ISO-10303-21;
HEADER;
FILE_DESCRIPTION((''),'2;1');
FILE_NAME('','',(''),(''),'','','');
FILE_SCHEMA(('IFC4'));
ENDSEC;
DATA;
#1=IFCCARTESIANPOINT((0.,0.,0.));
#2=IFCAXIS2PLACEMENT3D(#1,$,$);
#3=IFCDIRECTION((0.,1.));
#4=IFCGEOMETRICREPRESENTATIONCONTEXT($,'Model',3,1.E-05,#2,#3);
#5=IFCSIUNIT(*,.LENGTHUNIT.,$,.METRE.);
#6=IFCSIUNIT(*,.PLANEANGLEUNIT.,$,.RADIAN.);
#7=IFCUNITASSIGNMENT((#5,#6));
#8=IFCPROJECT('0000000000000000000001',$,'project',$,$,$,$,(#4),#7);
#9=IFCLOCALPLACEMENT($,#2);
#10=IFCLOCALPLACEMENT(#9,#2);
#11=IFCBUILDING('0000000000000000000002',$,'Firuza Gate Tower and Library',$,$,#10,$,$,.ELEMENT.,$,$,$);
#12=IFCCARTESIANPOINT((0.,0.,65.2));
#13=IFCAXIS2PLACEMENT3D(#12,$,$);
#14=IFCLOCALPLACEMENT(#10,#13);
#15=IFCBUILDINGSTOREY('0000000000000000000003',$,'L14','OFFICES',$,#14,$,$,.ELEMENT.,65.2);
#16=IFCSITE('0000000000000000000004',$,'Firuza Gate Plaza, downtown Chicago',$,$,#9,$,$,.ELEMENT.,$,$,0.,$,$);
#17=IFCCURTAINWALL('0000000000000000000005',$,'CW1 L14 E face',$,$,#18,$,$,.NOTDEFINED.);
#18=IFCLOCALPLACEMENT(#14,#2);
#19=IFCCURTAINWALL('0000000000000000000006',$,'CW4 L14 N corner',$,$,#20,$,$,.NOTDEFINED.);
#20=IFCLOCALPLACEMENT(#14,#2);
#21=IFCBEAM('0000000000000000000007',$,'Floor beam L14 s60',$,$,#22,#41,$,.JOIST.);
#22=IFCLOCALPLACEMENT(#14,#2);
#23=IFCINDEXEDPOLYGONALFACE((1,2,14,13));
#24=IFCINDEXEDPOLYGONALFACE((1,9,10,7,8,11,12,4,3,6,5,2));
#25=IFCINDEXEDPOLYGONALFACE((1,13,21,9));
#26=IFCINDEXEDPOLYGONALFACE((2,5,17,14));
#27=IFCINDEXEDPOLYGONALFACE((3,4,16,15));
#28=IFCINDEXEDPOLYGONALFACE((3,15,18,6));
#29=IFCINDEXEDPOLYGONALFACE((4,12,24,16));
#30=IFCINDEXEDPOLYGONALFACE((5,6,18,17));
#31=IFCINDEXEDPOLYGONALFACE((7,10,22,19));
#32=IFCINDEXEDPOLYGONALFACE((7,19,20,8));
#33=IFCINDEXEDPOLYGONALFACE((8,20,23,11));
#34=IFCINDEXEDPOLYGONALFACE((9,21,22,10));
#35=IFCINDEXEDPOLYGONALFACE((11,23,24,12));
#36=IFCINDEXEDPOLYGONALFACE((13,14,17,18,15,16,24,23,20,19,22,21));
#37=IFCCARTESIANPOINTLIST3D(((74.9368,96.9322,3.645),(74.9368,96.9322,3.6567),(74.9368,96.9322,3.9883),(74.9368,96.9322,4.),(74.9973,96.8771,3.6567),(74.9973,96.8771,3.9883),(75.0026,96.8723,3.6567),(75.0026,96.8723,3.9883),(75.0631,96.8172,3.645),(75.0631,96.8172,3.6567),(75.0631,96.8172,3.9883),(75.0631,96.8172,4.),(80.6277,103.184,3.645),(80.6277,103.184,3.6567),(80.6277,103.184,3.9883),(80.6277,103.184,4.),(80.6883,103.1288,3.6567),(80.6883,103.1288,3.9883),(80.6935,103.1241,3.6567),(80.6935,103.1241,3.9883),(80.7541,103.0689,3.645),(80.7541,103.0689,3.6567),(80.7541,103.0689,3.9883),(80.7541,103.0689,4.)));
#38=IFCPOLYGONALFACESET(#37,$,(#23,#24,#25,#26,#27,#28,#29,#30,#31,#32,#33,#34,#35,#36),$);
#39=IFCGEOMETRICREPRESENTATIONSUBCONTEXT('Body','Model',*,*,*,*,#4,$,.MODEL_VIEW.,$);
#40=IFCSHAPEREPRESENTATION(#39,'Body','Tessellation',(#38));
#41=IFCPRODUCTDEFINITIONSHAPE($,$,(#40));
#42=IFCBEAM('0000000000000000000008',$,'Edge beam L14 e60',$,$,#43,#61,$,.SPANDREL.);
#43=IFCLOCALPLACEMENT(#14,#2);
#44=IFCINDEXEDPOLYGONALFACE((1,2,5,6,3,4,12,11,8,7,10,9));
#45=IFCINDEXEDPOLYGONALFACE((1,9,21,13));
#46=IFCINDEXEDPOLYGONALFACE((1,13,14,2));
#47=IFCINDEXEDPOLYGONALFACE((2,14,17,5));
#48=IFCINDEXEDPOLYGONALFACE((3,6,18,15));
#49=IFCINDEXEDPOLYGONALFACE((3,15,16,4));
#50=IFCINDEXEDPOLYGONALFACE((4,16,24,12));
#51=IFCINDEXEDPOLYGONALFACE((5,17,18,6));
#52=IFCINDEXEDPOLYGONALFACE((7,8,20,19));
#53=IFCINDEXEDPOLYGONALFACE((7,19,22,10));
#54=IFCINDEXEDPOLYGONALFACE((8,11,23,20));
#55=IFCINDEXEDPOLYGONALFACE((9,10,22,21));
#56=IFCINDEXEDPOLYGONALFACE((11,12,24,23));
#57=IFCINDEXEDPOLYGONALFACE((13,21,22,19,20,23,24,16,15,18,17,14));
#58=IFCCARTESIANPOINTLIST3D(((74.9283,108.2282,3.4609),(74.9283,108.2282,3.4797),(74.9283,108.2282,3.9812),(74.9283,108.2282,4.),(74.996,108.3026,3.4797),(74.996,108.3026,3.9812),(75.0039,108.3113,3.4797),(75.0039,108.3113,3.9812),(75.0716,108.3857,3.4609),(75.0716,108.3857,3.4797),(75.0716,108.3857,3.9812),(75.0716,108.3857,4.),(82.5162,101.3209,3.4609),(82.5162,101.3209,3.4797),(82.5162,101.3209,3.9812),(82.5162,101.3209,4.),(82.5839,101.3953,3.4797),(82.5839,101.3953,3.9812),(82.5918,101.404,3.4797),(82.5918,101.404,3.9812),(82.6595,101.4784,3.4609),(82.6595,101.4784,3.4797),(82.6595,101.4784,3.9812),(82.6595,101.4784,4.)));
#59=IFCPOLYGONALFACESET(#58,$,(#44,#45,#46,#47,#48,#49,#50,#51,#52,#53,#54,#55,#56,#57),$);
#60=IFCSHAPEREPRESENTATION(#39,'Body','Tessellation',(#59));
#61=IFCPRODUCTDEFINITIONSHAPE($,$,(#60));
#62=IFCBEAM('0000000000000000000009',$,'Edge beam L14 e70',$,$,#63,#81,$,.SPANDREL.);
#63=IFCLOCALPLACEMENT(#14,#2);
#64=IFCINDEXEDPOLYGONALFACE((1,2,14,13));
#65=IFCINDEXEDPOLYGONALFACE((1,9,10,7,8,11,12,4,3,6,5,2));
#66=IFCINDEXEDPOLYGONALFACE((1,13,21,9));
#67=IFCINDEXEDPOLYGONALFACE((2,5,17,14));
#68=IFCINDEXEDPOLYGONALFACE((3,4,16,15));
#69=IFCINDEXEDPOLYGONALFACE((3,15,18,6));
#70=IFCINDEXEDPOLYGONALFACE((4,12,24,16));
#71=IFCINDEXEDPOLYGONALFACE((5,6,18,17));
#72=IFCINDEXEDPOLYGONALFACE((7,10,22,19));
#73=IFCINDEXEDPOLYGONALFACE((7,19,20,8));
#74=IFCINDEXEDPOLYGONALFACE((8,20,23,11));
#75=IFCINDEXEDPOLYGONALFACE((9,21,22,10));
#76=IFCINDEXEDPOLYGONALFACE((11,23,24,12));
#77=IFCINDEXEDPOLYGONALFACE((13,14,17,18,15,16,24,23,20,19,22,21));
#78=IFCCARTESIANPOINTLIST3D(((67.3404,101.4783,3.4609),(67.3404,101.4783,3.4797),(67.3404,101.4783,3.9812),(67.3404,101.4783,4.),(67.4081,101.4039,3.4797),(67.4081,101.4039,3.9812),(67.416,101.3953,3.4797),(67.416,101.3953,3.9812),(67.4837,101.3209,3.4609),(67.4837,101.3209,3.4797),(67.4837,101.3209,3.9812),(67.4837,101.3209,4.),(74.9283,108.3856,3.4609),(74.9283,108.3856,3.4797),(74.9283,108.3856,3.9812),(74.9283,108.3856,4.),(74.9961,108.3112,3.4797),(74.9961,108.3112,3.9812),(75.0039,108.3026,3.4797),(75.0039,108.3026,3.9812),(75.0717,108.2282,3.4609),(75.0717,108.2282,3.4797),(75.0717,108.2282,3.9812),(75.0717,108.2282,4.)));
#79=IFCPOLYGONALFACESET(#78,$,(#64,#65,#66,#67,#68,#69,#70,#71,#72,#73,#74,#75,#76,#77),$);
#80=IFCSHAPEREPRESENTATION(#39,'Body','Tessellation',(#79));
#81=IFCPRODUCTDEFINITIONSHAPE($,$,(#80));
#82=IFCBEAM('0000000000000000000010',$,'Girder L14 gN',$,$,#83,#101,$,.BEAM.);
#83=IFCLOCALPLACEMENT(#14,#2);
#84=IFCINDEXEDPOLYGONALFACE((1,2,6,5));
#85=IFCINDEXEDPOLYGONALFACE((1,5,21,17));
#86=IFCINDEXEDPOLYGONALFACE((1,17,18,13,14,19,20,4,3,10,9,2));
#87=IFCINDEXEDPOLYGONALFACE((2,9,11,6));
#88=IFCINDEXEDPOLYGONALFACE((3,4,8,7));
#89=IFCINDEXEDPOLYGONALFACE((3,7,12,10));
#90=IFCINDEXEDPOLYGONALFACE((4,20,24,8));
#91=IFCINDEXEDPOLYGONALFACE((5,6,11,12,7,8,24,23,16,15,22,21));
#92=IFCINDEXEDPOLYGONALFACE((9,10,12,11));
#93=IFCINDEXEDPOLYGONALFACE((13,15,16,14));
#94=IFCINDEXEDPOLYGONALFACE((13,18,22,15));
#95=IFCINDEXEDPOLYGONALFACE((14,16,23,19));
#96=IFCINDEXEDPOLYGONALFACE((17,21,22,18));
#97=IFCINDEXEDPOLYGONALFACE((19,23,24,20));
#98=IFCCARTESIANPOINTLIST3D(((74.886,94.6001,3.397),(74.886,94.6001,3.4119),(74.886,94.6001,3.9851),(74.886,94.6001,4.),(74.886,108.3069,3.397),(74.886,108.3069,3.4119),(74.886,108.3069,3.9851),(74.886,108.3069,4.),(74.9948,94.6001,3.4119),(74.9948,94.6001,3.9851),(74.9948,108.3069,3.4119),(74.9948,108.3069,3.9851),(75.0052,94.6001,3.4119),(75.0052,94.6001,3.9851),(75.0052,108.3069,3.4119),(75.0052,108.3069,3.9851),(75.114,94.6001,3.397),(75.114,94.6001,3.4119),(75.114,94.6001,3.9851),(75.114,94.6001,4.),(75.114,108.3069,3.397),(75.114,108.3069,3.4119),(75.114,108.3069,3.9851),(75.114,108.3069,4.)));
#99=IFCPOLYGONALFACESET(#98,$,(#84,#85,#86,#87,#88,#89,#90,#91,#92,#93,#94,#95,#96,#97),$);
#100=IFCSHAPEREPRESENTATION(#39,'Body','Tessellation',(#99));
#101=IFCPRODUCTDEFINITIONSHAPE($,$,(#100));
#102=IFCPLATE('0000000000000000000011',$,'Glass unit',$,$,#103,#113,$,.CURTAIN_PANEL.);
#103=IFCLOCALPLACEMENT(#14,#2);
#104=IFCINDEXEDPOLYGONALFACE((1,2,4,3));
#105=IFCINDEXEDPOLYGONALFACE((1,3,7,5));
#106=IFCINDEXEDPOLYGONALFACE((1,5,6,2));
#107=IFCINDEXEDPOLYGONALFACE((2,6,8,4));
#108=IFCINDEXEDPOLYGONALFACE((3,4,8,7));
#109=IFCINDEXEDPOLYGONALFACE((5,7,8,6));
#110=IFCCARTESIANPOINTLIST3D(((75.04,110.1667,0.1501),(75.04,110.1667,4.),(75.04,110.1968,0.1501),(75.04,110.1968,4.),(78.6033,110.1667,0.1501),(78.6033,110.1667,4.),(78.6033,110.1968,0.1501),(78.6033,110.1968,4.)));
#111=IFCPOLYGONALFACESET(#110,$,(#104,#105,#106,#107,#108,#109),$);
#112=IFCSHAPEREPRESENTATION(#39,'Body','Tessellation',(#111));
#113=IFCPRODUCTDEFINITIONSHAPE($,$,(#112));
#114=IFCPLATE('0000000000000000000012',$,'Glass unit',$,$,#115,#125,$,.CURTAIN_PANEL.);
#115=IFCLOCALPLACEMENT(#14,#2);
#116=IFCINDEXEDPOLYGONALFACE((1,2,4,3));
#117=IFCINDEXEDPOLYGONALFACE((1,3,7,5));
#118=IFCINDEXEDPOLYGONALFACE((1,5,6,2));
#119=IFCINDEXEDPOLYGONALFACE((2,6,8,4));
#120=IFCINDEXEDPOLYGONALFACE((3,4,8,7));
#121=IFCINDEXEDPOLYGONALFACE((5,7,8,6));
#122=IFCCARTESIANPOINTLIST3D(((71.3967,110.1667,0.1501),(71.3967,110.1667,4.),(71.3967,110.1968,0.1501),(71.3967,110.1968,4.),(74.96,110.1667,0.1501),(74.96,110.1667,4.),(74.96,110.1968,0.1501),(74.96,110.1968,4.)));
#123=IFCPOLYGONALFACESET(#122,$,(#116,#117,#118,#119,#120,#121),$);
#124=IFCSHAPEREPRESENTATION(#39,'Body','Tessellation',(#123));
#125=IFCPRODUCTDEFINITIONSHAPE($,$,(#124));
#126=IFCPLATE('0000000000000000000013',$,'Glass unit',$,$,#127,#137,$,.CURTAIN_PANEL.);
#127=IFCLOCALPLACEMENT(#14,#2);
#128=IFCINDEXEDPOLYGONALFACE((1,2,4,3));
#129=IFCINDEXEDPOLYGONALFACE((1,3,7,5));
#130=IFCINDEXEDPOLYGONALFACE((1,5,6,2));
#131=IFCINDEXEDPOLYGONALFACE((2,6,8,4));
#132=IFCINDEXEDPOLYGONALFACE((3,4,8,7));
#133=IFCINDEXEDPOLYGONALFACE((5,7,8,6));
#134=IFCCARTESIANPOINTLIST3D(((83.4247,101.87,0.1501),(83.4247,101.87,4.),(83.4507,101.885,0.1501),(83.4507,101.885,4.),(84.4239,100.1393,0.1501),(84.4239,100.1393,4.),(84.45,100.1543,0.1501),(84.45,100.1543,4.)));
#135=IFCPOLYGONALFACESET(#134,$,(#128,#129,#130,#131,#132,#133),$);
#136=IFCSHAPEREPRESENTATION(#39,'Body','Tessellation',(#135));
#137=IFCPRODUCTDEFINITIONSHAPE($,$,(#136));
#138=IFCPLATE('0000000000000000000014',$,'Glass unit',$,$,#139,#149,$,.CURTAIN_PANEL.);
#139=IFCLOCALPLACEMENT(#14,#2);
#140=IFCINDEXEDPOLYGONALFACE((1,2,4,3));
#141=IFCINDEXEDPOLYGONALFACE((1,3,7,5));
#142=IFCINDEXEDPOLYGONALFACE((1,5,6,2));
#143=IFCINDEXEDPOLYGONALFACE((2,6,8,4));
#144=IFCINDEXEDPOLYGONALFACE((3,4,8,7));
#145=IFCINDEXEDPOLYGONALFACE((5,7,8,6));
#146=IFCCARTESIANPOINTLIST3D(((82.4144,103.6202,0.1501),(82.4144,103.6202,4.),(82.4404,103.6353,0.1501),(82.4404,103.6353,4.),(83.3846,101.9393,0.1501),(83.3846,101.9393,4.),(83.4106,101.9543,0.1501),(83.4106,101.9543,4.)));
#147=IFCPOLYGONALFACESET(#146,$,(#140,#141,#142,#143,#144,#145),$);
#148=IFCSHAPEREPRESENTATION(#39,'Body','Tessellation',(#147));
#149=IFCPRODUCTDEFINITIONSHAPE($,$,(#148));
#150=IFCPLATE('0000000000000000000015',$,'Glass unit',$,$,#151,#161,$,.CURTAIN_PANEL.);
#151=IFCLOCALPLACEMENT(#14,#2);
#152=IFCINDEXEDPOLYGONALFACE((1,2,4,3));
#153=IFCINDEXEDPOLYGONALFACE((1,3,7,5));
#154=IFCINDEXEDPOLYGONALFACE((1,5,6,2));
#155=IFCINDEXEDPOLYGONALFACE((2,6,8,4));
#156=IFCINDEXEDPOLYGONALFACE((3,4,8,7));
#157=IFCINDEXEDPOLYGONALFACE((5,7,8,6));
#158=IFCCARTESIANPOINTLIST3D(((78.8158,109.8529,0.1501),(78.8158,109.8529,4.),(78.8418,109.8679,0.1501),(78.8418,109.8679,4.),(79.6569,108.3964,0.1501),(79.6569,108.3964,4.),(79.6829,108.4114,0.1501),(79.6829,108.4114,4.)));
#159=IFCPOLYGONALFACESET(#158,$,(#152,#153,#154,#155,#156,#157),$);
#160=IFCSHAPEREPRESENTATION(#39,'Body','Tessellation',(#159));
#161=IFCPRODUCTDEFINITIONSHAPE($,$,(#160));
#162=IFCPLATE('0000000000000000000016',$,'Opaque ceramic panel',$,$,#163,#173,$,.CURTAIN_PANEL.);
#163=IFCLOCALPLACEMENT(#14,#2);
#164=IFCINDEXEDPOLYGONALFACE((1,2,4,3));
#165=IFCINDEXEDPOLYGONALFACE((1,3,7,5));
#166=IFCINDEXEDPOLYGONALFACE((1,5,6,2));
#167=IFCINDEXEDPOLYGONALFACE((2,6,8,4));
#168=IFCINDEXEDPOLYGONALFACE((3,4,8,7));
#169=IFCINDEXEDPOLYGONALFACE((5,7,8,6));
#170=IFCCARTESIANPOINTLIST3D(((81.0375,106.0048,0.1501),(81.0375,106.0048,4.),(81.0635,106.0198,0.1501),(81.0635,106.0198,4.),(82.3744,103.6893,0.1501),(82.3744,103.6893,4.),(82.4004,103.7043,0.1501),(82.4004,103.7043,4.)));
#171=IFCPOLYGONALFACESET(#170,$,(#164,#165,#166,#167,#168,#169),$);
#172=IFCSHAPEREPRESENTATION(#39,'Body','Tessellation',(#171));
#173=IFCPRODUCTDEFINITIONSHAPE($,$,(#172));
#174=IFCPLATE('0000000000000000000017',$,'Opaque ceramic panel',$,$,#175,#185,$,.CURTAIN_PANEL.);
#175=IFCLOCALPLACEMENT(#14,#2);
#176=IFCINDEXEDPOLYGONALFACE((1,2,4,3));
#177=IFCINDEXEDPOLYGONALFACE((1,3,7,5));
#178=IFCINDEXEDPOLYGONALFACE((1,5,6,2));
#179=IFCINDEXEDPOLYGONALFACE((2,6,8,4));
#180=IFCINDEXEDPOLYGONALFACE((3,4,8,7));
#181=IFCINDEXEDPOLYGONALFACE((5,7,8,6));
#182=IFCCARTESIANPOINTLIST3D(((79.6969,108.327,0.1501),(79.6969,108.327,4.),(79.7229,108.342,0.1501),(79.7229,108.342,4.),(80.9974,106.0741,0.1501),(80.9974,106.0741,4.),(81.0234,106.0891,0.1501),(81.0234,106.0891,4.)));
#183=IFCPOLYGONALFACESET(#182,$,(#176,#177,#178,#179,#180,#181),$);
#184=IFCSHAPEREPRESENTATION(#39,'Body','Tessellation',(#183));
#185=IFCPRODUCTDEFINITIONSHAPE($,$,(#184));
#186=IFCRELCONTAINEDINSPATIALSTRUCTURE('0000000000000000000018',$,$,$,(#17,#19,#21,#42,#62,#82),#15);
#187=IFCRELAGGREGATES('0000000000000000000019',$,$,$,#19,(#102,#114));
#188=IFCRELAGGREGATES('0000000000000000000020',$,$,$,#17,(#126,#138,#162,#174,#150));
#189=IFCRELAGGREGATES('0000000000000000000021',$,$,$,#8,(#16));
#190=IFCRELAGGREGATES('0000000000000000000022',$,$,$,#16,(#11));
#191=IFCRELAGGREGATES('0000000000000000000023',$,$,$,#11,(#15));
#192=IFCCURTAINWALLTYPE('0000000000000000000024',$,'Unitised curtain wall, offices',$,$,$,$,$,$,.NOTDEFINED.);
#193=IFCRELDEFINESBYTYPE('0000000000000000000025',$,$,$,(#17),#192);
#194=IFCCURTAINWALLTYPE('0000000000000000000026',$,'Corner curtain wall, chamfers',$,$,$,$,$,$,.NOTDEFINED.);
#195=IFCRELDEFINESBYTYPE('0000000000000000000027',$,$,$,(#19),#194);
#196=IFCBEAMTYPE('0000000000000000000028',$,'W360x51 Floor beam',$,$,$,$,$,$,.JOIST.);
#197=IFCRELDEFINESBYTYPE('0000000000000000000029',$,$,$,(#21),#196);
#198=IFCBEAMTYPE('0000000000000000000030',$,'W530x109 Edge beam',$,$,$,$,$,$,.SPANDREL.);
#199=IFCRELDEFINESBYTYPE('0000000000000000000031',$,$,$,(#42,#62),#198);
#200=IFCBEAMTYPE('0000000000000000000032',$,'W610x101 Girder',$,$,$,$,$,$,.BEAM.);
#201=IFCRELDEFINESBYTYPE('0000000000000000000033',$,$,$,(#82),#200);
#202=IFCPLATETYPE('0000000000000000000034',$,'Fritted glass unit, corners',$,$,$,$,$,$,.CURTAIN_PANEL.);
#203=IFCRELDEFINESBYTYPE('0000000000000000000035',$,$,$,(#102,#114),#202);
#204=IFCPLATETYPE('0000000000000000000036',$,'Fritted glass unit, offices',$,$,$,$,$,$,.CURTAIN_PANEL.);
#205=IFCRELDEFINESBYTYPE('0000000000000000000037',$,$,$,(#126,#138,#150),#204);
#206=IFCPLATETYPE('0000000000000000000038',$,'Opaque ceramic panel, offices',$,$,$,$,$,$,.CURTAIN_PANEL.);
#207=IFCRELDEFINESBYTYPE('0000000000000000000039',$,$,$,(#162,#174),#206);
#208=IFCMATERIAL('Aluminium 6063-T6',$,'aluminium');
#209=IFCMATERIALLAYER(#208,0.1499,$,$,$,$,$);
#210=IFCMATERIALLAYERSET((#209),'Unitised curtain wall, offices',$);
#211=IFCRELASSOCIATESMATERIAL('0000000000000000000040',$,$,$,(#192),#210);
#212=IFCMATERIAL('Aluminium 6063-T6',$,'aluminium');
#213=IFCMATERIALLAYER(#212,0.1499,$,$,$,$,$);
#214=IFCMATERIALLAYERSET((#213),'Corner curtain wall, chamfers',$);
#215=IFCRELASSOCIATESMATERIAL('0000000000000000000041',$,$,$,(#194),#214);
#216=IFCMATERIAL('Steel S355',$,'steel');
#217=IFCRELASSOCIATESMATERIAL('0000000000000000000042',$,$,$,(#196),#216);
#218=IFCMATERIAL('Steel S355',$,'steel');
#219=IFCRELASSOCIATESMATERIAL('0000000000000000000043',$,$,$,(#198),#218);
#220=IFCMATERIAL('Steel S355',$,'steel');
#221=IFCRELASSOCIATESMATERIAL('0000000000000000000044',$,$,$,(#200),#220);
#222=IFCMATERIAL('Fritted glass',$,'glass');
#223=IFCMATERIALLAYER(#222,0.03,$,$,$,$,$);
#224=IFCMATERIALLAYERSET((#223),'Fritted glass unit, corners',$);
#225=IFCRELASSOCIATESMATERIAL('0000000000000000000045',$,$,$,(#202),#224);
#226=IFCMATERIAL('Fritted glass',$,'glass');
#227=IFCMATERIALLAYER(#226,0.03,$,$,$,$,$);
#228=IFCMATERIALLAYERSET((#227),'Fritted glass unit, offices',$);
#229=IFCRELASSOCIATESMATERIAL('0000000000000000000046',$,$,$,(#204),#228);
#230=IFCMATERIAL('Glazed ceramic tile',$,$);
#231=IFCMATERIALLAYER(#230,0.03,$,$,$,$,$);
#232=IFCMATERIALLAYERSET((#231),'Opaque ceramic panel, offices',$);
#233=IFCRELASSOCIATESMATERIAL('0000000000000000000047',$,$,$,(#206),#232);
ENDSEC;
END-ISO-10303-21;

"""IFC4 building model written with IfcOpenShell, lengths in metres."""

from ifc_helpers import new_model, si_unit, direction, frame, origin, origin_2d, place, context, subcontext, project, spatial, polyline, i_section, outline, extrude, material, layer, layer_set, material_profile, profile_set, type_object, element, aggregate, save


model = new_model("IFC4")

# Units and contexts
model_context = context("Model", 3, precision=1e-05, world=origin(), true_north=direction((0.0, 1.0)))
body_context = subcontext(model_context, "Body", "Model", "MODEL_VIEW")
ifc_project = project(units=[si_unit("LENGTHUNIT", "METRE"), si_unit("PLANEANGLEUNIT", "RADIAN")], contexts=[model_context])

# Site, building, storey
site_placement = place(None, origin())
site = spatial("IfcSite", under=ifc_project, at=site_placement, Name="Firuza Gate Plaza, downtown Chicago", CompositionType="ELEMENT", RefElevation=0.0)
building_placement = place(site_placement, origin())
building = spatial("IfcBuilding", under=site, at=building_placement, Name="Firuza Gate Tower and Library", CompositionType="ELEMENT")
storey_placement = place(building_placement, frame((0.0, 0.0, 65.2)))
storey = spatial("IfcBuildingStorey", under=building, at=storey_placement, Name="L14", Description="OFFICES", CompositionType="ELEMENT", Elevation=65.2)

# Curtain walls
ifc_material_1 = material(Name="Aluminium 6063-T6", Category="aluminium")
ifc_layer_1 = layer(ifc_material_1, 0.1499)
ifc_layer_set_1 = layer_set([ifc_layer_1], Name="Unitised curtain wall, offices")
curtain_wall_type_1 = type_object("IfcCurtainWallType", Name="Unitised curtain wall, offices", PredefinedType="NOTDEFINED", material=ifc_layer_set_1)
placement = place(storey_placement, origin())
curtain_wall_1 = element("IfcCurtainWall", 1, at=placement, inside=storey, type_object=curtain_wall_type_1, Name="CW1 L14 E face", PredefinedType="NOTDEFINED")
ifc_material_2 = material(Name="Aluminium 6063-T6", Category="aluminium")
ifc_layer_2 = layer(ifc_material_2, 0.1499)
ifc_layer_set_2 = layer_set([ifc_layer_2], Name="Corner curtain wall, chamfers")
curtain_wall_type_2 = type_object("IfcCurtainWallType", Name="Corner curtain wall, chamfers", PredefinedType="NOTDEFINED", material=ifc_layer_set_2)
curtain_wall_2 = element("IfcCurtainWall", 2, at=placement, inside=storey, type_object=curtain_wall_type_2, Name="CW4 L14 N corner", PredefinedType="NOTDEFINED")

# Beams
ifc_material_3 = material(Name="Steel S355", Category="steel")
ifc_material_profile_1 = material_profile(ifc_material_3, i_section(OverallWidth=0.1709, OverallDepth=0.355, WebThickness=0.0071, FlangeThickness=0.0117, at=origin_2d()))
ifc_profile_set_1 = profile_set([ifc_material_profile_1], Name="Steel S355")
beam_type_1 = type_object("IfcBeamType", Name="W360x51 Floor beam", PredefinedType="JOIST", material=ifc_profile_set_1)
beam_1_placement = place(storey_placement, frame((80.6909, 103.1265, 3.8225), z_axis=(-0.673161, -0.739496, 0.0), x_axis=(0.739496, -0.673161, 0.0)))
element("IfcBeam", 3, at=beam_1_placement, inside=storey, type_object=beam_type_1, Name="Floor beam L14 s60", PredefinedType="JOIST", context=body_context, shape_type="SweptSolid", body=[
    extrude(i_section(OverallWidth=0.1709, OverallDepth=0.355, WebThickness=0.0071, FlangeThickness=0.0117, at=origin_2d()), origin(), (0.0, 0.0, 1.0), 8.4541),
])
ifc_material_4 = material(Name="Steel S355", Category="steel")
ifc_material_profile_2 = material_profile(ifc_material_4, i_section(OverallWidth=0.2129, OverallDepth=0.5391, WebThickness=0.0117, FlangeThickness=0.0188, at=origin_2d()))
ifc_profile_set_2 = profile_set([ifc_material_profile_2], Name="Steel S355")
beam_type_2 = type_object("IfcBeamType", Name="W530x109 Edge beam", PredefinedType="SPANDREL", material=ifc_profile_set_2)
for number, where, z_axis, x_axis, name in (
    (4, (82.5879, 101.3997, 3.7305), (-0.739496, 0.673161, 0.0), (-0.673161, -0.739496, 0.0), "Edge beam L14 e60"),
    (5, (75.0, 108.3069, 3.7305), (-0.739496, -0.673161, 0.0), (0.673161, -0.739496, 0.0), "Edge beam L14 e70"),
):
    element("IfcBeam", number, at=place(storey_placement, frame(where, z_axis=z_axis, x_axis=x_axis)), inside=storey, type_object=beam_type_2, Name=name, PredefinedType="SPANDREL", context=body_context, shape_type="SweptSolid", body=[
        extrude(i_section(OverallWidth=0.2129, OverallDepth=0.5391, WebThickness=0.0117, FlangeThickness=0.0188, at=origin_2d()), origin(), (0.0, 0.0, 1.0), 10.261),
    ])
ifc_material_5 = material(Name="Steel S355", Category="steel")
ifc_material_profile_3 = material_profile(ifc_material_5, i_section(OverallWidth=0.228, OverallDepth=0.603, WebThickness=0.0105, FlangeThickness=0.0149, at=origin_2d()))
ifc_profile_set_3 = profile_set([ifc_material_profile_3], Name="Steel S355")
beam_type_3 = type_object("IfcBeamType", Name="W610x101 Girder", PredefinedType="BEAM", material=ifc_profile_set_3)
beam_2_placement = place(storey_placement, frame((75.0, 108.3069, 3.6985), z_axis=(0.0, -1.0, 0.0), x_axis=(1.0, 0.0, 0.0)))
element("IfcBeam", 6, at=beam_2_placement, inside=storey, type_object=beam_type_3, Name="Girder L14 gN", PredefinedType="BEAM", context=body_context, shape_type="SweptSolid", body=[
    extrude(i_section(OverallWidth=0.228, OverallDepth=0.603, WebThickness=0.0105, FlangeThickness=0.0149, at=origin_2d()), origin(), (0.0, 0.0, 1.0), 13.7068),
])

# Plates
ifc_material_6 = material(Name="Fritted glass", Category="glass")
ifc_layer_3 = layer(ifc_material_6, 0.03)
ifc_layer_set_3 = layer_set([ifc_layer_3], Name="Fritted glass unit, corners")
plate_type_1 = type_object("IfcPlateType", Name="Fritted glass unit, corners", PredefinedType="CURTAIN_PANEL", material=ifc_layer_set_3)
plate_1_placement = place(storey_placement, frame((78.6033, 110.1968, 0.1501), z_axis=(0.0, 1.0, 0.0), x_axis=(-1.0, 0.0, 0.0)))
plate_1 = element("IfcPlate", 7, at=plate_1_placement, type_object=plate_type_1, Name="Glass unit", PredefinedType="CURTAIN_PANEL", context=body_context, shape_type="SweptSolid", body=[
    extrude(outline(polyline([(0.0, 0.0), (3.5632, 0.0), (3.5632, 3.8499), (0.0, 3.8499), (0.0, 0.0)])), origin(), (0.0, 0.0, -1.0), 0.03),
])
plate_2_placement = place(storey_placement, frame((74.96, 110.1968, 0.1501), z_axis=(0.0, 1.0, 0.0), x_axis=(-1.0, 0.0, 0.0)))
plate_2 = element("IfcPlate", 8, at=plate_2_placement, type_object=plate_type_1, Name="Glass unit", PredefinedType="CURTAIN_PANEL", context=body_context, shape_type="SweptSolid", body=[
    extrude(outline(polyline([(0.0, 0.0), (3.5632, 0.0), (3.5632, 3.8499), (0.0, 3.8499), (0.0, 0.0)])), origin(), (0.0, 0.0, -1.0), 0.03),
])
aggregate(curtain_wall_2, [plate_1, plate_2])
ifc_material_7 = material(Name="Fritted glass", Category="glass")
ifc_layer_4 = layer(ifc_material_7, 0.03)
ifc_layer_set_4 = layer_set([ifc_layer_4], Name="Fritted glass unit, offices")
plate_type_2 = type_object("IfcPlateType", Name="Fritted glass unit, offices", PredefinedType="CURTAIN_PANEL", material=ifc_layer_set_4)
plate_3_placement = place(storey_placement, frame((84.45, 100.1543, 0.1501), z_axis=(0.866017, 0.500015, 0.0), x_axis=(-0.500015, 0.866017, 0.0)))
plate_3 = element("IfcPlate", 9, at=plate_3_placement, type_object=plate_type_2, Name="Glass unit", PredefinedType="CURTAIN_PANEL", context=body_context, shape_type="SweptSolid", body=[
    extrude(outline(polyline([(0.0, 0.0), (1.9985, 0.0), (1.9985, 3.8499), (0.0, 3.8499), (0.0, 0.0)])), origin(), (0.0, 0.0, -1.0), 0.03),
])
plate_4_placement = place(storey_placement, frame((83.4106, 101.9543, 0.1501), z_axis=(0.866083, 0.4999, 0.0), x_axis=(-0.4999, 0.866083, 0.0)))
plate_4 = element("IfcPlate", 10, at=plate_4_placement, type_object=plate_type_2, Name="Glass unit", PredefinedType="CURTAIN_PANEL", context=body_context, shape_type="SweptSolid", body=[
    extrude(outline(polyline([(0.0, 0.0), (1.9408, 0.0), (1.9408, 3.8499), (0.0, 3.8499), (0.0, 0.0)])), origin(), (0.0, 0.0, -1.0), 0.03),
])
plate_5_placement = place(storey_placement, frame((79.6829, 108.4114, 0.1501), z_axis=(0.865992, 0.500058, 0.0), x_axis=(-0.500058, 0.865992, 0.0)))
plate_5 = element("IfcPlate", 11, at=plate_5_placement, type_object=plate_type_2, Name="Glass unit", PredefinedType="CURTAIN_PANEL", context=body_context, shape_type="SweptSolid", body=[
    extrude(outline(polyline([(0.0, 0.0), (1.6819, 0.0), (1.6819, 3.8499), (0.0, 3.8499), (0.0, 0.0)])), origin(), (0.0, 0.0, -1.0), 0.03),
])
ifc_material_8 = material(Name="Glazed ceramic tile")
ifc_layer_5 = layer(ifc_material_8, 0.03)
ifc_layer_set_5 = layer_set([ifc_layer_5], Name="Opaque ceramic panel, offices")
plate_type_3 = type_object("IfcPlateType", Name="Opaque ceramic panel, offices", PredefinedType="CURTAIN_PANEL", material=ifc_layer_set_5)
plate_6_placement = place(storey_placement, frame((82.4004, 103.7043, 0.1501), z_axis=(0.866009, 0.500028, 0.0), x_axis=(-0.500028, 0.866009, 0.0)))
plate_6 = element("IfcPlate", 12, at=plate_6_placement, type_object=plate_type_3, Name="Opaque ceramic panel", PredefinedType="CURTAIN_PANEL", context=body_context, shape_type="SweptSolid", body=[
    extrude(outline(polyline([(0.0, 0.0), (2.6737, 0.0), (2.6737, 3.8499), (0.0, 3.8499), (0.0, 0.0)])), origin(), (0.0, 0.0, -1.0), 0.03),
])
plate_7_placement = place(storey_placement, frame((81.0234, 106.0891, 0.1501), z_axis=(0.866057, 0.499945, 0.0), x_axis=(-0.499945, 0.866057, 0.0)))
plate_7 = element("IfcPlate", 13, at=plate_7_placement, type_object=plate_type_3, Name="Opaque ceramic panel", PredefinedType="CURTAIN_PANEL", context=body_context, shape_type="SweptSolid", body=[
    extrude(outline(polyline([(0.0, 0.0), (2.6014, 0.0), (2.6014, 3.8499), (0.0, 3.8499), (0.0, 0.0)])), origin(), (0.0, 0.0, -1.0), 0.03),
])
aggregate(curtain_wall_1, [plate_3, plate_4, plate_6, plate_7, plate_5])

save(model, "model.ifc")
